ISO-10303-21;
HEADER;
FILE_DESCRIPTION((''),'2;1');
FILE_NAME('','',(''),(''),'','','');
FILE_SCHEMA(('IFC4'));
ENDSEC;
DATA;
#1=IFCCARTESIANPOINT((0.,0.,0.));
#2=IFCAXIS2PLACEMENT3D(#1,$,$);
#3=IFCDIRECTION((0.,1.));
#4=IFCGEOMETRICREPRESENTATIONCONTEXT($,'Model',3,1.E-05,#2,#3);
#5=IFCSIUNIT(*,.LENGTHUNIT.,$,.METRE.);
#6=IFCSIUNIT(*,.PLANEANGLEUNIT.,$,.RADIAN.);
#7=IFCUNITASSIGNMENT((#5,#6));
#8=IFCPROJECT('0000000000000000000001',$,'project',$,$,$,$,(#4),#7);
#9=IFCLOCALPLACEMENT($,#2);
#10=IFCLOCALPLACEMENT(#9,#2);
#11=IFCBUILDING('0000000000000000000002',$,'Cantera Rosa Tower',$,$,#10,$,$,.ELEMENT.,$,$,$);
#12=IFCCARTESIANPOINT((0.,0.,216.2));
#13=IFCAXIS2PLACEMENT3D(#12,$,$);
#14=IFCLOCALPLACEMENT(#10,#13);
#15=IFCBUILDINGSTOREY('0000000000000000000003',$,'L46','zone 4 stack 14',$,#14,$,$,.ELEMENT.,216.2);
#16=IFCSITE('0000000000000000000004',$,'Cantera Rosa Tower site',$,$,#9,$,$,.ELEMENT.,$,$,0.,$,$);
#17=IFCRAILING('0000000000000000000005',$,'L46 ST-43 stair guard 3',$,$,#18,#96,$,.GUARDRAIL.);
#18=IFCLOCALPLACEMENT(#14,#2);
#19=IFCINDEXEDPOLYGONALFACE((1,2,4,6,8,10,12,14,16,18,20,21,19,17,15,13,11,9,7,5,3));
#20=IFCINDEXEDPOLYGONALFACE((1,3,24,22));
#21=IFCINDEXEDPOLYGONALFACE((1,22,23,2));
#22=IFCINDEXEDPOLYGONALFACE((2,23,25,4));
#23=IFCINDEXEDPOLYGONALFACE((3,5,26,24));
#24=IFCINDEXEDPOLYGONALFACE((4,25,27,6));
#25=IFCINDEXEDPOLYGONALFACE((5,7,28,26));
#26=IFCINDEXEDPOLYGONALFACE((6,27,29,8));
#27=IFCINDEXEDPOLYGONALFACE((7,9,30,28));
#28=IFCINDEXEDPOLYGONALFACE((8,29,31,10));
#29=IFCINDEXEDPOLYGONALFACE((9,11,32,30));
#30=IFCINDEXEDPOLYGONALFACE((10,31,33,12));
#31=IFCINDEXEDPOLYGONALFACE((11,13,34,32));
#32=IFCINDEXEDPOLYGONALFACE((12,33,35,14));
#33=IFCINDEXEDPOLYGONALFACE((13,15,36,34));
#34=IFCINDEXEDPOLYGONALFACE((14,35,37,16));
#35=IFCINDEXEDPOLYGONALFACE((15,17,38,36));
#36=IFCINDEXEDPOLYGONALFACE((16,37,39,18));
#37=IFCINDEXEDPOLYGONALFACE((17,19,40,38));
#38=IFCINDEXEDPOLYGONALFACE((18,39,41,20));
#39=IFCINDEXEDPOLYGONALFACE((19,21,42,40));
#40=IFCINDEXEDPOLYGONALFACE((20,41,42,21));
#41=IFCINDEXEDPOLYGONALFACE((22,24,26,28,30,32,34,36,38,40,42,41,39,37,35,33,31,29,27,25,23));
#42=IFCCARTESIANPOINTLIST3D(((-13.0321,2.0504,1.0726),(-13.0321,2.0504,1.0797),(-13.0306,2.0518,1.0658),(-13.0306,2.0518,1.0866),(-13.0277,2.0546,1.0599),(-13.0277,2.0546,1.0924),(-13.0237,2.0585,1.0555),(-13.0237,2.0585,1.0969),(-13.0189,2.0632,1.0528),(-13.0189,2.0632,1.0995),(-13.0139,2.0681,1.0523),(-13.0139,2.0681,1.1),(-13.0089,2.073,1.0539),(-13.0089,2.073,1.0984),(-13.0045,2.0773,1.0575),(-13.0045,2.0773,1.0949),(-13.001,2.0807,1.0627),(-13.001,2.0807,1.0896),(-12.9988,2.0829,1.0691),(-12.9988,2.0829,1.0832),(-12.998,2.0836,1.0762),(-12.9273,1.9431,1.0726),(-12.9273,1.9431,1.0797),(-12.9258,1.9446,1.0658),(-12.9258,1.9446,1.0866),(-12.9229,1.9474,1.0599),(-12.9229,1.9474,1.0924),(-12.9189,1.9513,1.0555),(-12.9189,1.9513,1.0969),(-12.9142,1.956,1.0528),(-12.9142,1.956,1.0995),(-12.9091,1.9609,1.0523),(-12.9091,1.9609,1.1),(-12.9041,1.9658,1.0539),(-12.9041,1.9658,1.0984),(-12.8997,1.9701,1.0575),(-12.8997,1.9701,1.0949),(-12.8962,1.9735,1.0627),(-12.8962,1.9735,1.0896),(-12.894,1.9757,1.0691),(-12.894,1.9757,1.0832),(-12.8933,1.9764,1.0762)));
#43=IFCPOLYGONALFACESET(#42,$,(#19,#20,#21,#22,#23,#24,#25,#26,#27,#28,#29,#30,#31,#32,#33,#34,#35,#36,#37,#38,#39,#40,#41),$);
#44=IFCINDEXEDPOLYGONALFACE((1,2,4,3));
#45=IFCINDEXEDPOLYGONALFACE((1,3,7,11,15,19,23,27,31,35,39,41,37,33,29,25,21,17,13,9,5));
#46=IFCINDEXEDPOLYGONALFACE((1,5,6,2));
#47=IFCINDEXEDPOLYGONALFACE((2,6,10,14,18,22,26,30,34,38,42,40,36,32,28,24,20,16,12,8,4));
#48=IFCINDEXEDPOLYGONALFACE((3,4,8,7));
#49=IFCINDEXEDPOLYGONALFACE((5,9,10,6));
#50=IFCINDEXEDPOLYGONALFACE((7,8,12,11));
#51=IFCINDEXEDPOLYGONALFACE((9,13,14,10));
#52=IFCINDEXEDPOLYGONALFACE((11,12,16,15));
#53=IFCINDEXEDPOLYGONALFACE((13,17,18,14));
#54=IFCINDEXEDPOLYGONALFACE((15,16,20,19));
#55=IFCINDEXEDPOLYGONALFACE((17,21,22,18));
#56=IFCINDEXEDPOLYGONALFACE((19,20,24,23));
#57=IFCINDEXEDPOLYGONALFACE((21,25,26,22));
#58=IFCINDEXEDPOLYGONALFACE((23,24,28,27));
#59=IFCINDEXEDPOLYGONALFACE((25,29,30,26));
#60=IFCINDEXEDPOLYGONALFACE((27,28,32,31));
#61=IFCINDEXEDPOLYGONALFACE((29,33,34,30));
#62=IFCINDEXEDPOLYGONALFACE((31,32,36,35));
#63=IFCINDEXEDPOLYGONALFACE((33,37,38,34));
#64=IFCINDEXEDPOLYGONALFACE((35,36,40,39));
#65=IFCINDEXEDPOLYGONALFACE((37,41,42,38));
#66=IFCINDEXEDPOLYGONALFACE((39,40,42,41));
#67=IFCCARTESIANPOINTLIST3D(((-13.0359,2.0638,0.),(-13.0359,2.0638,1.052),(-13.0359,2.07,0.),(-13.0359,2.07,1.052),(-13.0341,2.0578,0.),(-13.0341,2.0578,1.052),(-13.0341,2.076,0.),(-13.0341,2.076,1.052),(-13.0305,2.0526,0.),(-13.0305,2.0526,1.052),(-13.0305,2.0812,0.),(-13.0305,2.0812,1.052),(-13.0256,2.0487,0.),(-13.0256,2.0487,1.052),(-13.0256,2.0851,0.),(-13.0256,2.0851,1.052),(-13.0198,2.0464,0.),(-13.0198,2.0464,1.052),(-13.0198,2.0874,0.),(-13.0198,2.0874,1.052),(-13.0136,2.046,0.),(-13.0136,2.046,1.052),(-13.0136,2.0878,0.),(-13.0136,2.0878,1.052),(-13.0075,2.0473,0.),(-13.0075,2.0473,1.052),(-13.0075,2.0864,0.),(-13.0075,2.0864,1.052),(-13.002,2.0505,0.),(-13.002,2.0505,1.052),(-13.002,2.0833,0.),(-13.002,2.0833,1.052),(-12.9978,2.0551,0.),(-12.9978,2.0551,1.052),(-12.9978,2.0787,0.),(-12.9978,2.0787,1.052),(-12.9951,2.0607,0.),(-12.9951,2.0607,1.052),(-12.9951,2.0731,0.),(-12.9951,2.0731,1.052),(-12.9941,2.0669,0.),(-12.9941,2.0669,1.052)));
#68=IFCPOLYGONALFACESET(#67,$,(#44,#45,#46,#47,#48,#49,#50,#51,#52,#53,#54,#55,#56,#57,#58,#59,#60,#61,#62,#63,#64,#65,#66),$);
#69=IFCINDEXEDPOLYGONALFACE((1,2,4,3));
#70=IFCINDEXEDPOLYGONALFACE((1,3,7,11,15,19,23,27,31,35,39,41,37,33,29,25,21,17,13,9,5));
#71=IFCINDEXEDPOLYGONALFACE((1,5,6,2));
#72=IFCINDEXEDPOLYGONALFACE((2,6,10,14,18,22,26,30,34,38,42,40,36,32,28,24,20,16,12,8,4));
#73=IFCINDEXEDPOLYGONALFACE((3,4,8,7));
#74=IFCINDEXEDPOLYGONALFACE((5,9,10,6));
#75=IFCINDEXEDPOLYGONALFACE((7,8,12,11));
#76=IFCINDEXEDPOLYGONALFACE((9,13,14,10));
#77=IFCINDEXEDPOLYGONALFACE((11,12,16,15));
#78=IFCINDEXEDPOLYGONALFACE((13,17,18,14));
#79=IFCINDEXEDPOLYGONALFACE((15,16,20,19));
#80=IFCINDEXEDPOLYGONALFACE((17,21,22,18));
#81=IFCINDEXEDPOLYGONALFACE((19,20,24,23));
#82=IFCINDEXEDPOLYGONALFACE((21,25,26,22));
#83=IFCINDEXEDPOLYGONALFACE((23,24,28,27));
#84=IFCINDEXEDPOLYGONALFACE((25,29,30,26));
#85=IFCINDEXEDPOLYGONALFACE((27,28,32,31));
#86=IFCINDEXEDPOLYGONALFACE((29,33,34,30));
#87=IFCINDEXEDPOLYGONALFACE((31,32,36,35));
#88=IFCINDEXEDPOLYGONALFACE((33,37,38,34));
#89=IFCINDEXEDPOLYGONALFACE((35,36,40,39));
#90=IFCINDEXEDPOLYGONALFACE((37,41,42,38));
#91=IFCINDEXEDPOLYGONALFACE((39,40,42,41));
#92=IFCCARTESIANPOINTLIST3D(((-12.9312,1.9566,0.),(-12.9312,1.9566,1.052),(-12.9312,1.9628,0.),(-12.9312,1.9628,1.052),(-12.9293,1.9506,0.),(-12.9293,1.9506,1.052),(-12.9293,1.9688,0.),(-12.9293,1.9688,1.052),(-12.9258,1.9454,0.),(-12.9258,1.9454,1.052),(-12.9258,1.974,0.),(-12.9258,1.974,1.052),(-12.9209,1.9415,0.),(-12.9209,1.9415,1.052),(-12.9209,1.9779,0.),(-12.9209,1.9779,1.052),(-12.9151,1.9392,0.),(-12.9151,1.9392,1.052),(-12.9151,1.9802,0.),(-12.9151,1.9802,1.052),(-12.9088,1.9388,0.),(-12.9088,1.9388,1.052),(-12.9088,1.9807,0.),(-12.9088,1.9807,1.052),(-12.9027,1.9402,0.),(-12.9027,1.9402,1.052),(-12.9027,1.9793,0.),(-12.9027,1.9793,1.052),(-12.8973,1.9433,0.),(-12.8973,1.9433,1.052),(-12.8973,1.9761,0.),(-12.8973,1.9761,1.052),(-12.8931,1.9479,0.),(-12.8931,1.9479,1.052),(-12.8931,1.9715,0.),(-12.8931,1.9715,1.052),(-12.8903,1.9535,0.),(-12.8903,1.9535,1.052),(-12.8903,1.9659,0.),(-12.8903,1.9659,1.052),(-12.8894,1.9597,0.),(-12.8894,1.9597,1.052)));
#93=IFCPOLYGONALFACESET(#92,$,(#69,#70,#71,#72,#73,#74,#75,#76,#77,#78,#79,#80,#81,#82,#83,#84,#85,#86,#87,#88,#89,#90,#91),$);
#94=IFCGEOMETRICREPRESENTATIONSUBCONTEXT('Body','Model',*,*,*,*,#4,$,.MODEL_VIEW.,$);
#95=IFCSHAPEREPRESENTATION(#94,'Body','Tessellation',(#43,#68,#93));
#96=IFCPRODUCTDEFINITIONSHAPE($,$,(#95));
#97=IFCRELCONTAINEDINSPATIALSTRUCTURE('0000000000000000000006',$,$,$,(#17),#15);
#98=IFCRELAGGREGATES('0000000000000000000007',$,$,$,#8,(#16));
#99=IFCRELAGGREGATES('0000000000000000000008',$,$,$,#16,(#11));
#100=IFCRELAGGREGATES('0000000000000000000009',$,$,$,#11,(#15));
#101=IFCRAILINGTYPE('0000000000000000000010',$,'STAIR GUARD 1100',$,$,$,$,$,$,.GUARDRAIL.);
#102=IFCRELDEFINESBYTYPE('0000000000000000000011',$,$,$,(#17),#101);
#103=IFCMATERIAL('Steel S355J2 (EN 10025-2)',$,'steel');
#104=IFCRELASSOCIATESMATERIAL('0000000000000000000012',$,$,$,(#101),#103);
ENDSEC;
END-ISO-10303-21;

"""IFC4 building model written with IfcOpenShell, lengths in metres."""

from ifc_helpers import new_model, si_unit, direction, frame, origin, origin_2d, place, context, subcontext, project, spatial, circle, extrude, material, type_object, element, save


model = new_model("IFC4")

# Units and contexts
model_context = context("Model", 3, precision=1e-05, world=origin(), true_north=direction((0.0, 1.0)))
body_context = subcontext(model_context, "Body", "Model", "MODEL_VIEW")
ifc_project = project(units=[si_unit("LENGTHUNIT", "METRE"), si_unit("PLANEANGLEUNIT", "RADIAN")], contexts=[model_context])

# Site, building, storey
site_placement = place(None, origin())
site = spatial("IfcSite", under=ifc_project, at=site_placement, Name="Cantera Rosa Tower site", CompositionType="ELEMENT", RefElevation=0.0)
building_placement = place(site_placement, origin())
building = spatial("IfcBuilding", under=site, at=building_placement, Name="Cantera Rosa Tower", CompositionType="ELEMENT")
storey_placement = place(building_placement, frame((0.0, 0.0, 216.2)))
storey = spatial("IfcBuildingStorey", under=building, at=storey_placement, Name="L46", Description="zone 4 stack 14", CompositionType="ELEMENT", Elevation=216.2)

# Railing
ifc_material_1 = material(Name="Steel S355J2 (EN 10025-2)", Category="steel")
railing_type_1 = type_object("IfcRailingType", Name="STAIR GUARD 1100", PredefinedType="GUARDRAIL", material=ifc_material_1)
railing_1_placement = place(storey_placement, frame((-13.0151, 2.0669, 0.0)))
element("IfcRailing", 1, at=railing_1_placement, inside=storey, type_object=railing_type_1, Name="L46 ST-43 stair guard 3", PredefinedType="GUARDRAIL", context=body_context, shape_type="SweptSolid", body=[
    extrude(circle(Radius=0.0239, at=origin_2d()), frame((0.0, 0.0, 1.0762), z_axis=(0.698914, -0.715206, 0.0), x_axis=(0.715206, 0.698914, 0.0)), (0.0, 0.0, 1.0), 0.1499),
    extrude(circle(Radius=0.021, at=origin_2d()), origin(), (0.0, 0.0, 1.0), 1.052),
    extrude(circle(Radius=0.021, at=origin_2d()), frame((0.1047, -0.1072, 0.0)), (0.0, 0.0, 1.0), 1.052),
])

save(model, "model.ifc")
